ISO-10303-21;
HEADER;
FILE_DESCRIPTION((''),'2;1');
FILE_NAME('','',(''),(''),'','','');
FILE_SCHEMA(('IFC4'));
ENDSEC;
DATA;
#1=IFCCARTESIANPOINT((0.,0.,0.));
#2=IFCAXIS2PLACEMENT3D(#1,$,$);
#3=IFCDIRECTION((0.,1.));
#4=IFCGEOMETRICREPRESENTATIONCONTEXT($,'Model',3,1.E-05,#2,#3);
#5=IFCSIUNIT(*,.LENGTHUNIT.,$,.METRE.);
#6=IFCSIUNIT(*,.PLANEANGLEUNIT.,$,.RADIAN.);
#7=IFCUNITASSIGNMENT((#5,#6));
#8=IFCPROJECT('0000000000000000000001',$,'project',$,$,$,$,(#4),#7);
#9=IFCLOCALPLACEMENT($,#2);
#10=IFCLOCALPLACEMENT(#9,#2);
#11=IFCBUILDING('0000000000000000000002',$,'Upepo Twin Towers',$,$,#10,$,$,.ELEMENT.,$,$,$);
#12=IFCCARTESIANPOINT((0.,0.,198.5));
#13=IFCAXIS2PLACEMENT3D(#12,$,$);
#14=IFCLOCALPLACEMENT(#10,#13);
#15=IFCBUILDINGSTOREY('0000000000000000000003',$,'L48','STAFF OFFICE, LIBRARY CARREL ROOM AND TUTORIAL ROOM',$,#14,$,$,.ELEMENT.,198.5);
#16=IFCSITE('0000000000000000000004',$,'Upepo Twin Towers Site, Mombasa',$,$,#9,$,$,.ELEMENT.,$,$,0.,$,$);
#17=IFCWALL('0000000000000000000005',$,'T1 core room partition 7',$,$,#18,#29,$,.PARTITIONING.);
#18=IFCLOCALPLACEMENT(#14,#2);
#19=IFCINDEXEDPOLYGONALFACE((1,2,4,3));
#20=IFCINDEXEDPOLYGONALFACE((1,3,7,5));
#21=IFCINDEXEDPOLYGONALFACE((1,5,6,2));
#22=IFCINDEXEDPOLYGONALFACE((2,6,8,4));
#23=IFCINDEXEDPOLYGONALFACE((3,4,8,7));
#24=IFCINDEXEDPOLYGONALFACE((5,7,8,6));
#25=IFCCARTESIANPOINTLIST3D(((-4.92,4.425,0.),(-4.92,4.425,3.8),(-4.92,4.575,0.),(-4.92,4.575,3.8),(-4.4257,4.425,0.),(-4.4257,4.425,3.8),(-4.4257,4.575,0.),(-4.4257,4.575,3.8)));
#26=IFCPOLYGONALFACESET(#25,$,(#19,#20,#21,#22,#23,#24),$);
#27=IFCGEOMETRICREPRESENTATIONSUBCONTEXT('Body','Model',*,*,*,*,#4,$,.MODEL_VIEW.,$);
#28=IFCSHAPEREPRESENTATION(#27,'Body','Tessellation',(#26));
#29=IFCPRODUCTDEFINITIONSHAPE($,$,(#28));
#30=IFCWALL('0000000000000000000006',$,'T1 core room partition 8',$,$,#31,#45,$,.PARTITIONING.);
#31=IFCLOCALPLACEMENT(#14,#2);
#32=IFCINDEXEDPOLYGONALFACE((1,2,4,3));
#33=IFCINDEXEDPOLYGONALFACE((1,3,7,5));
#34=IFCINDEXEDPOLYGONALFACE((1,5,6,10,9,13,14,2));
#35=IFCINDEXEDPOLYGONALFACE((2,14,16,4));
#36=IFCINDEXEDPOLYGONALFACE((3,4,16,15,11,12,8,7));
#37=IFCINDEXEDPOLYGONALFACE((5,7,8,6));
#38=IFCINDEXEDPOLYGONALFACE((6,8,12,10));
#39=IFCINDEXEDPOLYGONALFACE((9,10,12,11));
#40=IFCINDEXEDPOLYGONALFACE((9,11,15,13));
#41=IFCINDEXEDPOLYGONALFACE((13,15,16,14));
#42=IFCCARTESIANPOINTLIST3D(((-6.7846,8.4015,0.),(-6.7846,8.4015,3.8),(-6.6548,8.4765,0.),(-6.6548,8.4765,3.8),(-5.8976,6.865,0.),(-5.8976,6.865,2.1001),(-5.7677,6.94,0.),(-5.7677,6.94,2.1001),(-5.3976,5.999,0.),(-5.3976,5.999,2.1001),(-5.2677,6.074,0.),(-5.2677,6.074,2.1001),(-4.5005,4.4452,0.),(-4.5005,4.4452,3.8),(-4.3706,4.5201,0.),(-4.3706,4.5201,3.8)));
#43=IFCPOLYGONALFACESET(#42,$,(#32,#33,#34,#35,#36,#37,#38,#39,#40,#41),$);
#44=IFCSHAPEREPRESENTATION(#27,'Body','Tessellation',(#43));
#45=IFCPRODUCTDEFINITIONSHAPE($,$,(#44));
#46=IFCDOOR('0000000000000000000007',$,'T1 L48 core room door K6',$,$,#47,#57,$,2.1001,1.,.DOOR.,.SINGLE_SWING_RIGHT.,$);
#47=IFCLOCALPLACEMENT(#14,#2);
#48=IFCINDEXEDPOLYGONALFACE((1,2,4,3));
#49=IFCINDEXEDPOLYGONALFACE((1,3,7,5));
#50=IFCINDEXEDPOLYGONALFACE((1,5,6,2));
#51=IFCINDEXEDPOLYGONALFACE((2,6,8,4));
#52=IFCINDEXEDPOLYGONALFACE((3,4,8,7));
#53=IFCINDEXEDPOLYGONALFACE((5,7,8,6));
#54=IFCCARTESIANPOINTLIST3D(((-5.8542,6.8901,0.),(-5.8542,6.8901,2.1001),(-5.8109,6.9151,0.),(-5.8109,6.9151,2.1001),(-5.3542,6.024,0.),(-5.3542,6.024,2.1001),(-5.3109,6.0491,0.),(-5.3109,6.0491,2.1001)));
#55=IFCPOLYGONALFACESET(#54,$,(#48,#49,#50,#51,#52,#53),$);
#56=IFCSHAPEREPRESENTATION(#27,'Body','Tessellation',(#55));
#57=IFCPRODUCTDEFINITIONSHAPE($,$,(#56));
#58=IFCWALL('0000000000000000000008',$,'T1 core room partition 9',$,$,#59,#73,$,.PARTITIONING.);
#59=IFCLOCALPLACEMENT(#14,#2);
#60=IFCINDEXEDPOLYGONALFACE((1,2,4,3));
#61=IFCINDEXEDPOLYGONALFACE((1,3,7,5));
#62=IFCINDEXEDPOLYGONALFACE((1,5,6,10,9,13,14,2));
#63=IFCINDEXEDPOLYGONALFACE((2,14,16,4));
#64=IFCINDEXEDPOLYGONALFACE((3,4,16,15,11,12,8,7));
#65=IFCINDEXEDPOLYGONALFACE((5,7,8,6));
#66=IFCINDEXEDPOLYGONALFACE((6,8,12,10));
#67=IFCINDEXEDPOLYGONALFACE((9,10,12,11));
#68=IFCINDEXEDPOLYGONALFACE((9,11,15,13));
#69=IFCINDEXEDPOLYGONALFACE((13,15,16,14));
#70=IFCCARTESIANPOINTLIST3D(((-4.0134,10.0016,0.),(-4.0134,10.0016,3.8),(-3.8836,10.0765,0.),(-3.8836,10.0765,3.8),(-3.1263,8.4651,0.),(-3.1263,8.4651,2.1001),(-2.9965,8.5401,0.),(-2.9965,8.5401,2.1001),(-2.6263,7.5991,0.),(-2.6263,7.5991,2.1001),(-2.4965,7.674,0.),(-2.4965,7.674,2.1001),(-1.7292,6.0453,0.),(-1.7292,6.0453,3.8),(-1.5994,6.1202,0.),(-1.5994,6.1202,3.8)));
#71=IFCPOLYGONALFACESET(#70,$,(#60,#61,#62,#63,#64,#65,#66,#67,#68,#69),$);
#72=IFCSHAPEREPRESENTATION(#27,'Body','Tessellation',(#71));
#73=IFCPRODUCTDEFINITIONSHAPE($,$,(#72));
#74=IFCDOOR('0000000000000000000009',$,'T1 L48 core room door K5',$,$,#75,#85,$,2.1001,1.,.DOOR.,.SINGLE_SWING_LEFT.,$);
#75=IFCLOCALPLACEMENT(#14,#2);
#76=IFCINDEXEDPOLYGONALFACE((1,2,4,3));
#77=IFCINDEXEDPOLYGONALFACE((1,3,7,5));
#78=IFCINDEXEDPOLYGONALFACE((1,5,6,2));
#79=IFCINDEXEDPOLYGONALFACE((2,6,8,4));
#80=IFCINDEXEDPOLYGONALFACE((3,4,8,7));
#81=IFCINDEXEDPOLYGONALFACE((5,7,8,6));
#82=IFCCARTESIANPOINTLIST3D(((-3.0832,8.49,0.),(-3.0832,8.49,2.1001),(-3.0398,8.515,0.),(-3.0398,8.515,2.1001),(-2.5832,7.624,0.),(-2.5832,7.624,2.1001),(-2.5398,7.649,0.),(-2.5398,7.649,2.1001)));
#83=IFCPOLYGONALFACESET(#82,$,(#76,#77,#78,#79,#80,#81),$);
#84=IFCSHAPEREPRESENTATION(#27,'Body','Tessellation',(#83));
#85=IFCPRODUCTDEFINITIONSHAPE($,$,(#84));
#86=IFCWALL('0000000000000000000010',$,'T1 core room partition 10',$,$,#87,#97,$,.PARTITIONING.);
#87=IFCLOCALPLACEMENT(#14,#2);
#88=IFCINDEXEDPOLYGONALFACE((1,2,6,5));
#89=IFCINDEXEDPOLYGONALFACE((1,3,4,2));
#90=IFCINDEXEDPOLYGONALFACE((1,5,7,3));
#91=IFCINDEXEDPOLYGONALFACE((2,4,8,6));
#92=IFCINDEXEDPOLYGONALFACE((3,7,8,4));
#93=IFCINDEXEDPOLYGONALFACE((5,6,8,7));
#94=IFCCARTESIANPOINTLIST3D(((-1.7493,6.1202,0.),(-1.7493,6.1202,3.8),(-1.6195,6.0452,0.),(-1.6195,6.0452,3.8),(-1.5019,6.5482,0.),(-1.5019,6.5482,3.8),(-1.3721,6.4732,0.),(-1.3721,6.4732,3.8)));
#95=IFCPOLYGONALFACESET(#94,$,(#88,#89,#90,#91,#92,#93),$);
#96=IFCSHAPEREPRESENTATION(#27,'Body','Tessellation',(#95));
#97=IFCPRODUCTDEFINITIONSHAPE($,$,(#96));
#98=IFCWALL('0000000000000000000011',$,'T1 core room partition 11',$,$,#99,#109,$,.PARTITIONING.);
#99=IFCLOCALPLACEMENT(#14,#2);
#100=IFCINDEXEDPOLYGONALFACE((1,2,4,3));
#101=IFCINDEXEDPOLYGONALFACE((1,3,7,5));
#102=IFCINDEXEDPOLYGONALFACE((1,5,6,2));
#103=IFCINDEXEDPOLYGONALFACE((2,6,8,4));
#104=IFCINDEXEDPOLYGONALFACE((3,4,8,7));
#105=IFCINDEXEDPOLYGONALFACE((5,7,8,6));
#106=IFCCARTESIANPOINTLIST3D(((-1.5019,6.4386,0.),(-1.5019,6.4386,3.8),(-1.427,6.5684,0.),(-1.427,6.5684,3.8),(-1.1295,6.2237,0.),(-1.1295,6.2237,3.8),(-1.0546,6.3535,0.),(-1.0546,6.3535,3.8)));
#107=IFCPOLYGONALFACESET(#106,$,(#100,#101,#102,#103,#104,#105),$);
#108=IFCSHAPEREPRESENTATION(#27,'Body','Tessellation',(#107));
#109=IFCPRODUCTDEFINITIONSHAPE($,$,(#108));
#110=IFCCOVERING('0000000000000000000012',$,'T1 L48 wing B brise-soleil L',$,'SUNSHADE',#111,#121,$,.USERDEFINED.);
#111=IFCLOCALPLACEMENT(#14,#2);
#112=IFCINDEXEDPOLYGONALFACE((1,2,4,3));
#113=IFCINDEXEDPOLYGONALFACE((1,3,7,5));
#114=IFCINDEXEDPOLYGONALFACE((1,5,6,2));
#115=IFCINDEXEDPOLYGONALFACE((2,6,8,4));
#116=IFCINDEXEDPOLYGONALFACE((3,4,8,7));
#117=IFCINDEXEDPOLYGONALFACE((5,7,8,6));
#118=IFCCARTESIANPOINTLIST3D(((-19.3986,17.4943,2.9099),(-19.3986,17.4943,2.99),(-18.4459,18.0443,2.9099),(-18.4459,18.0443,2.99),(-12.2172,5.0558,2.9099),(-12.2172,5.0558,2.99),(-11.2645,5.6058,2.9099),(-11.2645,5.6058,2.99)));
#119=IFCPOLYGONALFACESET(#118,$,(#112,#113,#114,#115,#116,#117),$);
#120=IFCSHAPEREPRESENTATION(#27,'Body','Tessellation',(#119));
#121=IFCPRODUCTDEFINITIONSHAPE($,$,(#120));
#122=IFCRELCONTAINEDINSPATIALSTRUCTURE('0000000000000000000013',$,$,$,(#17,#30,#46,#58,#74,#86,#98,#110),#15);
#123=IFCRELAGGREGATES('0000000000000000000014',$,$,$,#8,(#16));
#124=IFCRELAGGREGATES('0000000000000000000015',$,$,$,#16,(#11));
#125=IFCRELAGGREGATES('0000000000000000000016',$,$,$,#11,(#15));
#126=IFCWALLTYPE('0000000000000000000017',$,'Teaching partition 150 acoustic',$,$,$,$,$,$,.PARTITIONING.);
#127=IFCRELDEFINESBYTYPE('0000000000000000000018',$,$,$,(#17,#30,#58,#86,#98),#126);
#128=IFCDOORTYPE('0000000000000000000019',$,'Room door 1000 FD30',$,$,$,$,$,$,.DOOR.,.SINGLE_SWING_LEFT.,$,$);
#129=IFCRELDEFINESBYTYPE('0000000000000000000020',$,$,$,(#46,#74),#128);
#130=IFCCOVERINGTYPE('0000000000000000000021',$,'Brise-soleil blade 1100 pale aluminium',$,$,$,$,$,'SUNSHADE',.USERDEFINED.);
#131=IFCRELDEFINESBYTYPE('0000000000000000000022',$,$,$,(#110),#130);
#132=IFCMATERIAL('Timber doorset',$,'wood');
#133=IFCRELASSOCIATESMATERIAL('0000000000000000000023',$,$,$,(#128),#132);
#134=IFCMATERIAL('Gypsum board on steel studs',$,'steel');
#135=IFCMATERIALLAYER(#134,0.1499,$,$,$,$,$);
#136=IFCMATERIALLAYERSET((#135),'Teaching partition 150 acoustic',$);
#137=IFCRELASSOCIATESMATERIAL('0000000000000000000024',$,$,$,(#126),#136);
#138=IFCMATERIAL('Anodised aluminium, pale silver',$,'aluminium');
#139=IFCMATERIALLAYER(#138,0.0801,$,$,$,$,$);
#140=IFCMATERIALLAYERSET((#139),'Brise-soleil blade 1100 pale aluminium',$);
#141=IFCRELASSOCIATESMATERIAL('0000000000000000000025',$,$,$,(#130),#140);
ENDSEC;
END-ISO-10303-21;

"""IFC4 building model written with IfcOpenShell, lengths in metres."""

from ifc_helpers import new_model, si_unit, direction, frame, frame_2d, origin, origin_2d, place, context, subcontext, project, spatial, rectangle, extrude, material, layer, layer_set, type_object, element, fill, save


model = new_model("IFC4")

# Units and contexts
model_context = context("Model", 3, precision=1e-05, world=origin(), true_north=direction((0.0, 1.0)))
body_context = subcontext(model_context, "Body", "Model", "MODEL_VIEW")
ifc_project = project(units=[si_unit("LENGTHUNIT", "METRE"), si_unit("PLANEANGLEUNIT", "RADIAN")], contexts=[model_context])

# Site, building, storey
site_placement = place(None, origin())
site = spatial("IfcSite", under=ifc_project, at=site_placement, Name="Upepo Twin Towers Site, Mombasa", CompositionType="ELEMENT", RefElevation=0.0)
building_placement = place(site_placement, origin())
building = spatial("IfcBuilding", under=site, at=building_placement, Name="Upepo Twin Towers", CompositionType="ELEMENT")
storey_placement = place(building_placement, frame((0.0, 0.0, 198.5)))
storey = spatial("IfcBuildingStorey", under=building, at=storey_placement, Name="L48", Description="STAFF OFFICE, LIBRARY CARREL ROOM AND TUTORIAL ROOM", CompositionType="ELEMENT", Elevation=198.5)

# Shared definitions
ifc_material_1 = material(Name="Timber doorset", Category="wood")
door_type_1 = type_object("IfcDoorType", Name="Room door 1000 FD30", OperationType="SINGLE_SWING_LEFT", PredefinedType="DOOR", material=ifc_material_1)

# Wall
ifc_material_2 = material(Name="Gypsum board on steel studs", Category="steel")
ifc_layer_1 = layer(ifc_material_2, 0.1499)
ifc_layer_set_1 = layer_set([ifc_layer_1], Name="Teaching partition 150 acoustic")
wall_type_1 = type_object("IfcWallType", Name="Teaching partition 150 acoustic", PredefinedType="PARTITIONING", material=ifc_layer_set_1)
wall_1_placement = place(storey_placement, frame((-4.9199, 4.5, 0.0), z_axis=(0.0, 0.0, 1.0), x_axis=(1.0, 0.0, 0.0)))
element("IfcWall", 1, at=wall_1_placement, inside=storey, type_object=wall_type_1, Name="T1 core room partition 7", PredefinedType="PARTITIONING", context=body_context, shape_type="SweptSolid", body=[
    extrude(rectangle(XDim=0.4944, YDim=0.1499, at=frame_2d((0.2471, 0.0))), origin(), (0.0, 0.0, 1.0), 3.8),
])

# Walls, openings, doors
wall_2_placement = place(storey_placement, frame((-4.4355, 4.4827, 0.0), z_axis=(0.0, 0.0, 1.0), x_axis=(-0.500002, 0.866025, 0.0)))
wall_2 = element("IfcWall", 2, at=wall_2_placement, inside=storey, type_object=wall_type_1, Name="T1 core room partition 8", PredefinedType="PARTITIONING", context=body_context, shape_type="SweptSolid", body=[
    extrude(rectangle(XDim=4.5684, YDim=0.1499, at=frame_2d((2.2842, 0.0))), origin(), (0.0, 0.0, 1.0), 3.8),
])
opening_1_placement = place(wall_2_placement, frame((1.7942, 0.0, 0.0)))
opening_1 = element("IfcOpeningElement", 3, at=opening_1_placement, cuts=wall_2, PredefinedType="OPENING", context=body_context, shape_type="SweptSolid", body=[
    extrude(rectangle(XDim=1.0, YDim=2.1001, at=frame_2d((0.5, 1.05))), frame((0.0, 0.085, 0.0), z_axis=(0.0, -1.0, 0.0), x_axis=(1.0, 0.0, 0.0)), (0.0, 0.0, 1.0), 0.1699),
])
door_1_placement = place(opening_1_placement, origin())
door_1 = element("IfcDoor", 4, at=door_1_placement, inside=storey, type_object=door_type_1, Name="T1 L48 core room door K6", OperationType="SINGLE_SWING_RIGHT", OverallHeight=2.1001, OverallWidth=1.0, PredefinedType="DOOR", context=body_context, shape_type="SweptSolid", body=[
    extrude(rectangle(XDim=1.0, YDim=2.1001, at=frame_2d((0.5, 1.05))), frame((0.0, 0.0249, 0.0), z_axis=(0.0, -1.0, 0.0), x_axis=(1.0, 0.0, 0.0)), (0.0, 0.0, 1.0), 0.05),
])
fill(opening_1, door_1)
wall_3_placement = place(storey_placement, frame((-3.9485, 10.0391, 0.0), z_axis=(0.0, 0.0, 1.0), x_axis=(0.500002, -0.866025, 0.0)))
wall_3 = element("IfcWall", 5, at=wall_3_placement, inside=storey, type_object=wall_type_1, Name="T1 core room partition 9", PredefinedType="PARTITIONING", context=body_context, shape_type="SweptSolid", body=[
    extrude(rectangle(XDim=4.5684, YDim=0.1499, at=frame_2d((2.2842, 0.0))), origin(), (0.0, 0.0, 1.0), 3.8),
])
opening_2_placement = place(wall_3_placement, frame((1.7742, 0.0, 0.0)))
opening_2 = element("IfcOpeningElement", 6, at=opening_2_placement, cuts=wall_3, PredefinedType="OPENING", context=body_context, shape_type="SweptSolid", body=[
    extrude(rectangle(XDim=1.0, YDim=2.1001, at=frame_2d((0.5, 1.05))), frame((0.0, 0.085, 0.0), z_axis=(0.0, -1.0, 0.0), x_axis=(1.0, 0.0, 0.0)), (0.0, 0.0, 1.0), 0.1699),
])
door_2_placement = place(opening_2_placement, origin())
door_2 = element("IfcDoor", 7, at=door_2_placement, inside=storey, type_object=door_type_1, Name="T1 L48 core room door K5", OperationType="SINGLE_SWING_LEFT", OverallHeight=2.1001, OverallWidth=1.0, PredefinedType="DOOR", context=body_context, shape_type="SweptSolid", body=[
    extrude(rectangle(XDim=1.0, YDim=2.1001, at=frame_2d((0.5, 1.05))), frame((0.0, 0.0249, 0.0), z_axis=(0.0, -1.0, 0.0), x_axis=(1.0, 0.0, 0.0)), (0.0, 0.0, 1.0), 0.05),
])
fill(opening_2, door_2)

# Walls
wall_4_placement = place(storey_placement, frame((-1.6843, 6.0828, 0.0), z_axis=(0.0, 0.0, 1.0), x_axis=(0.500335, 0.865832, 0.0)))
element("IfcWall", 8, at=wall_4_placement, inside=storey, type_object=wall_type_1, Name="T1 core room partition 10", PredefinedType="PARTITIONING", context=body_context, shape_type="SweptSolid", body=[
    extrude(rectangle(XDim=0.4944, YDim=0.1499, at=frame_2d((0.2471, 0.0))), origin(), (0.0, 0.0, 1.0), 3.8),
])
wall_5_placement = place(storey_placement, frame((-1.4644, 6.5034, 0.0), z_axis=(0.0, 0.0, 1.0), x_axis=(0.866138, -0.499804, 0.0)))
element("IfcWall", 9, at=wall_5_placement, inside=storey, type_object=wall_type_1, Name="T1 core room partition 11", PredefinedType="PARTITIONING", context=body_context, shape_type="SweptSolid", body=[
    extrude(rectangle(XDim=0.4299, YDim=0.1499, at=frame_2d((0.2148, 0.0))), origin(), (0.0, 0.0, 1.0), 3.8),
])

# Covering
ifc_material_3 = material(Name="Anodised aluminium, pale silver", Category="aluminium")
ifc_layer_2 = layer(ifc_material_3, 0.0801)
ifc_layer_set_2 = layer_set([ifc_layer_2], Name="Brise-soleil blade 1100 pale aluminium")
covering_type = type_object("IfcCoveringType", Name="Brise-soleil blade 1100 pale aluminium", ElementType="SUNSHADE", PredefinedType="USERDEFINED", material=ifc_layer_set_2)
covering_placement = place(storey_placement, frame((-15.3315, 11.55, 2.9099), z_axis=(0.0, 0.0, 1.0), x_axis=(-0.5, 0.866025, 0.0)))
element("IfcCovering", 10, at=covering_placement, inside=storey, type_object=covering_type, Name="T1 L48 wing B brise-soleil L", ObjectType="SUNSHADE", PredefinedType="USERDEFINED", context=body_context, shape_type="SweptSolid", body=[
    extrude(rectangle(XDim=14.3628, YDim=1.1001, at=origin_2d()), origin(), (0.0, 0.0, 1.0), 0.0801),
])

save(model, "model.ifc")
